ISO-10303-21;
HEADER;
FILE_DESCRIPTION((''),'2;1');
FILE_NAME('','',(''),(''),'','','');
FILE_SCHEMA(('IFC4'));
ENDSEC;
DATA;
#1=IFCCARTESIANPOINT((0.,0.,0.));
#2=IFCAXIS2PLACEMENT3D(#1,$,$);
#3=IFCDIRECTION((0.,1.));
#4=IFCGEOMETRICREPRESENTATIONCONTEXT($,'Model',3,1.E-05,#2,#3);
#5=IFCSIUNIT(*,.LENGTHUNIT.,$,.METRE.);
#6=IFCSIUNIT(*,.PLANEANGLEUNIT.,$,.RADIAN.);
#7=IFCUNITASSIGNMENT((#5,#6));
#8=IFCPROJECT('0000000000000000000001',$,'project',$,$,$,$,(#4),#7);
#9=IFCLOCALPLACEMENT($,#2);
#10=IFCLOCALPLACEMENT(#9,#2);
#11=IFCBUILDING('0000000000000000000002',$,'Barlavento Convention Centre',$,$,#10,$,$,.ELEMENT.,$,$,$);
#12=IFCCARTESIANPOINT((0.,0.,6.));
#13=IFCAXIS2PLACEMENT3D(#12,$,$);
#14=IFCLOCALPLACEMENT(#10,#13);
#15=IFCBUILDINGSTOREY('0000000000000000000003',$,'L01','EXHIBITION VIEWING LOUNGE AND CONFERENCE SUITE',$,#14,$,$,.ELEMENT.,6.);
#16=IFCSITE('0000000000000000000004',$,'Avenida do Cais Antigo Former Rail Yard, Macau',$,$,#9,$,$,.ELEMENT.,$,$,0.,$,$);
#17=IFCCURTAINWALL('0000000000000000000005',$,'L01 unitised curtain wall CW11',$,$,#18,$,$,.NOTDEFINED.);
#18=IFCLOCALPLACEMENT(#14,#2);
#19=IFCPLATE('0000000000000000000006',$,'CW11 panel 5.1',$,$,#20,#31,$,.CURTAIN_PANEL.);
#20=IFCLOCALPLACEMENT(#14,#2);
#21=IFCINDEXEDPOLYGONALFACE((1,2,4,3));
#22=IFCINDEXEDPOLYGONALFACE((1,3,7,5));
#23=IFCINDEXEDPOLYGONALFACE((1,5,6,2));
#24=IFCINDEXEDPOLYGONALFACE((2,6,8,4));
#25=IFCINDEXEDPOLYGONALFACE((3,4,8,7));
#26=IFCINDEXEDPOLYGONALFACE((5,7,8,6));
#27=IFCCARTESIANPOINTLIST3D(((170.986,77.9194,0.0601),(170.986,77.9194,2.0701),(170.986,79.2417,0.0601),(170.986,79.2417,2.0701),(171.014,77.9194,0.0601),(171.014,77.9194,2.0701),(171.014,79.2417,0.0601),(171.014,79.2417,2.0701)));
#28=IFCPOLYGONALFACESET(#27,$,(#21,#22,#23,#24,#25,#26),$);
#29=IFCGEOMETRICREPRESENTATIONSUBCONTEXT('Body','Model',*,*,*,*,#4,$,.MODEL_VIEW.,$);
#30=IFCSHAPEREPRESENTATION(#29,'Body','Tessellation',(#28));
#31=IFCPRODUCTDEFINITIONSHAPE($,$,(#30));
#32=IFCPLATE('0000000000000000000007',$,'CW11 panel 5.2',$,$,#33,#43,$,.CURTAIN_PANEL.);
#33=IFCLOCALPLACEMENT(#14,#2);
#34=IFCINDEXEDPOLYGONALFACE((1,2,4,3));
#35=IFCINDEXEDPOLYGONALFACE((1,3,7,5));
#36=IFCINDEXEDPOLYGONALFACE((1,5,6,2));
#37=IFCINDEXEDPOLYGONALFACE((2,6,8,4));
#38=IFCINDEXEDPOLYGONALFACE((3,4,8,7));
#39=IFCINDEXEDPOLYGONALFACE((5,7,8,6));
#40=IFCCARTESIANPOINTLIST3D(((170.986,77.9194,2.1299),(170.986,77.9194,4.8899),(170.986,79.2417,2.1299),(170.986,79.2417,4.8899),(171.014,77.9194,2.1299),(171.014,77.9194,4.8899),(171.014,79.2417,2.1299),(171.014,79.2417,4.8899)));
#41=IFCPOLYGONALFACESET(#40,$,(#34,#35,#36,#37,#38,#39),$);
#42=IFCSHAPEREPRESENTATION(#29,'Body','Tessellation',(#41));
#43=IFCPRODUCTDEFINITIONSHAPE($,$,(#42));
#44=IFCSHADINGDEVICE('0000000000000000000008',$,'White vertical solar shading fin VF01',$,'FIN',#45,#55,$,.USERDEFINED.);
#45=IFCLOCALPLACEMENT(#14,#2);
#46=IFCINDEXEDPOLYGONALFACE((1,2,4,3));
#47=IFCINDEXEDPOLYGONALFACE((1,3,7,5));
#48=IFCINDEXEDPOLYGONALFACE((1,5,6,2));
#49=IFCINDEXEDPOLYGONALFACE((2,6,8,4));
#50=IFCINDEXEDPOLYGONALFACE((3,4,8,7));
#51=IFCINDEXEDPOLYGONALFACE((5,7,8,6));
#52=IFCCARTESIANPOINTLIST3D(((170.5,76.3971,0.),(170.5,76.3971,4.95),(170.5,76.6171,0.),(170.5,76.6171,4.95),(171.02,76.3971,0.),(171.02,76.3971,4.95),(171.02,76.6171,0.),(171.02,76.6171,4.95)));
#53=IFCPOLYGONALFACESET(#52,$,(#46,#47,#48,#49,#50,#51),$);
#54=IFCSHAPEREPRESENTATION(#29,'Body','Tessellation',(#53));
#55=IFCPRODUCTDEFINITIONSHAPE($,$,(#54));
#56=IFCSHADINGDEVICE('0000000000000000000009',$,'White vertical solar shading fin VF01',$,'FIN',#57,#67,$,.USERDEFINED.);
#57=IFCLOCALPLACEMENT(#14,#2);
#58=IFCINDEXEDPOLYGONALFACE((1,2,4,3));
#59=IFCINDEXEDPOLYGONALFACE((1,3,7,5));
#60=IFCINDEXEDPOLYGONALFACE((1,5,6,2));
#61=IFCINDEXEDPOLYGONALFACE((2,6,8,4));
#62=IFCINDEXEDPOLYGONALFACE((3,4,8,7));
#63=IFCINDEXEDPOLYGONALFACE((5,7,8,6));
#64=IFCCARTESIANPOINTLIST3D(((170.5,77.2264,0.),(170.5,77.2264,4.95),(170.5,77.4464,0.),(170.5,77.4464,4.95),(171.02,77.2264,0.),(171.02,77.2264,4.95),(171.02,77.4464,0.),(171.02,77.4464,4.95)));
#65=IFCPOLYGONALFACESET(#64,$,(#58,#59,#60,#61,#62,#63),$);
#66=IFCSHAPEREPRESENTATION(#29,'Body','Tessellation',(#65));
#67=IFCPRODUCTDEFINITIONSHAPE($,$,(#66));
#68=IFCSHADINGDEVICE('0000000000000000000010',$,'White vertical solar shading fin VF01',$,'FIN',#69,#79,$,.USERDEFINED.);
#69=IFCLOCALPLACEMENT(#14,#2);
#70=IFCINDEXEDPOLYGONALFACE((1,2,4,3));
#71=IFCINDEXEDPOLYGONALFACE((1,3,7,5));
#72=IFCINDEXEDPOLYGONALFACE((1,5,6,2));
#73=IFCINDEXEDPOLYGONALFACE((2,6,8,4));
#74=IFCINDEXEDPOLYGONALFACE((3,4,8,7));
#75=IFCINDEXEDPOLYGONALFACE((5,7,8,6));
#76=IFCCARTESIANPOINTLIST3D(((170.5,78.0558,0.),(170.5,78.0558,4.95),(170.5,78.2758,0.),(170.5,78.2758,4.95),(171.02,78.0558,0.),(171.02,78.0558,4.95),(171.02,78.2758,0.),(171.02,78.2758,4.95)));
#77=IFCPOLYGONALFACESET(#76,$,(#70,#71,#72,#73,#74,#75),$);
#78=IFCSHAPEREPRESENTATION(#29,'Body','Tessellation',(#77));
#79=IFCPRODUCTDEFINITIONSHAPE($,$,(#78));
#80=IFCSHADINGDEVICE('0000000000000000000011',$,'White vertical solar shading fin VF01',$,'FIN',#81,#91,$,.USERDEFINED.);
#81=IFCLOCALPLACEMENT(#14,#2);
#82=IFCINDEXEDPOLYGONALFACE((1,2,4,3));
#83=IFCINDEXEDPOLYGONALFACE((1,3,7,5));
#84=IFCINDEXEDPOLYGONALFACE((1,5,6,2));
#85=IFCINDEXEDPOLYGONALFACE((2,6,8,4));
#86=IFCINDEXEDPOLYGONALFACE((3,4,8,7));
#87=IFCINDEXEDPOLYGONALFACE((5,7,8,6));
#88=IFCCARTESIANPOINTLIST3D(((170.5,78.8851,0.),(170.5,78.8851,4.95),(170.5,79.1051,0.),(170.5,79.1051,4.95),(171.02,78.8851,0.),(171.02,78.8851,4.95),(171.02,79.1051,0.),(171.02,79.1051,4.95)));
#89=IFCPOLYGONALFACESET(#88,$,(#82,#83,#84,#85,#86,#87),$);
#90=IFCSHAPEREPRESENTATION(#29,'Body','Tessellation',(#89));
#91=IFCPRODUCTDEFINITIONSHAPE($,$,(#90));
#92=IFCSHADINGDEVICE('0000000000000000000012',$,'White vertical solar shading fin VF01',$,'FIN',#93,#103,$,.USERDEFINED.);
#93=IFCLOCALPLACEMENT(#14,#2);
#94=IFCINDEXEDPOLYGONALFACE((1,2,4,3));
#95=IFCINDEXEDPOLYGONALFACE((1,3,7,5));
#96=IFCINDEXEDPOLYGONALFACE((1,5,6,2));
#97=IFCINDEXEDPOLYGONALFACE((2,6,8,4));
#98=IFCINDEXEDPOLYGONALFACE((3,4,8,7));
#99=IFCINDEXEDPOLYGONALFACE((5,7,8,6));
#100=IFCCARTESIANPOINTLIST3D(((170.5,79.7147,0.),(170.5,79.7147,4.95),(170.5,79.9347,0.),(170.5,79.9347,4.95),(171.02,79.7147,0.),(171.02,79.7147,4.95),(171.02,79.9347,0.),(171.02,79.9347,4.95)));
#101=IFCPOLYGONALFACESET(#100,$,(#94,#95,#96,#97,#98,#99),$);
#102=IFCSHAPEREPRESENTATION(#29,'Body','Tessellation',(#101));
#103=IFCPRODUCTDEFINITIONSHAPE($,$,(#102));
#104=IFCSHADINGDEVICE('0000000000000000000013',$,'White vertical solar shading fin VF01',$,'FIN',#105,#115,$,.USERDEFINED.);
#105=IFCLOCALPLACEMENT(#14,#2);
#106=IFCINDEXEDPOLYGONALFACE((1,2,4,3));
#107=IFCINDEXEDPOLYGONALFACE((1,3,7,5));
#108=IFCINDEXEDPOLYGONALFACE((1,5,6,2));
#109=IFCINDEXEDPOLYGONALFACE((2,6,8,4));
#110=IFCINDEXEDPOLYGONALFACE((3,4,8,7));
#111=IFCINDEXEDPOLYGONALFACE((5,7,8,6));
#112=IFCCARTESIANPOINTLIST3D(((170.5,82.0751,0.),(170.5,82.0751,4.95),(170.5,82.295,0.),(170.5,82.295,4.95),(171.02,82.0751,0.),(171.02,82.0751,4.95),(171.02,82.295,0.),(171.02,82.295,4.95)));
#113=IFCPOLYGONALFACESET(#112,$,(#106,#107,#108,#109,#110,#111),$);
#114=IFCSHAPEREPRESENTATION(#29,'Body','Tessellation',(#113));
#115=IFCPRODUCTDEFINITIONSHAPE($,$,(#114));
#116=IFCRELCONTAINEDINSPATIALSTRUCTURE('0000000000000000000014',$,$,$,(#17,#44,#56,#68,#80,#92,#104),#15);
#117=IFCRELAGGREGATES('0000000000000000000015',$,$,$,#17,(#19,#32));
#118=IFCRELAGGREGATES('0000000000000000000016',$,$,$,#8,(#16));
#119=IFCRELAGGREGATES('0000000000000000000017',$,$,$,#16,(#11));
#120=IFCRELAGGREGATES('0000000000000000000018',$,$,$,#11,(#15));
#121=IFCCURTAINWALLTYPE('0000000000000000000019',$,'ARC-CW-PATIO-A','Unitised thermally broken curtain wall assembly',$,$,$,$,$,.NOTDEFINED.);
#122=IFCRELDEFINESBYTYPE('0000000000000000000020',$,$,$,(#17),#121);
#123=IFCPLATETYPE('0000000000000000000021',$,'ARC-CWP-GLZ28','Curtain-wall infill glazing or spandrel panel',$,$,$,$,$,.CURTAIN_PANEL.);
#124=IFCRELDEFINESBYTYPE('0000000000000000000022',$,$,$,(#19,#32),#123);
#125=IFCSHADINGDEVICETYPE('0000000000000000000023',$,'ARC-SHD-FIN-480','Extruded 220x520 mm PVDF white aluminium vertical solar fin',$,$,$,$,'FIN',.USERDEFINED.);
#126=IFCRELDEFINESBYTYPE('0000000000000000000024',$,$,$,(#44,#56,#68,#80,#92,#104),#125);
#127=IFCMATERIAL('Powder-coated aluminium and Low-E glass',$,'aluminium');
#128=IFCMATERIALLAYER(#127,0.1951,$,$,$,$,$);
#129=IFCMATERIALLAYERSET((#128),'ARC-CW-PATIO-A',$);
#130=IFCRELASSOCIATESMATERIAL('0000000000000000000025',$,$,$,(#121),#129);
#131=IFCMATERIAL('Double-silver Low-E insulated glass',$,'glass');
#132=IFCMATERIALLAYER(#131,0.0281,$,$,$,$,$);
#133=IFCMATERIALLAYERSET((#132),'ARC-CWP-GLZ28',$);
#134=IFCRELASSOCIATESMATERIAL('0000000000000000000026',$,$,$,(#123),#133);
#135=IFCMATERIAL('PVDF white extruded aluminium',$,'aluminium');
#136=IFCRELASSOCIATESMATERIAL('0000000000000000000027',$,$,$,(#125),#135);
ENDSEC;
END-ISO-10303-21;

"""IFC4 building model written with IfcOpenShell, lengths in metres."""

from ifc_helpers import new_model, si_unit, direction, frame, origin, origin_2d, place, context, subcontext, project, spatial, rectangle, extrude, material, layer, layer_set, type_object, element, aggregate, save


model = new_model("IFC4")

# Units and contexts
model_context = context("Model", 3, precision=1e-05, world=origin(), true_north=direction((0.0, 1.0)))
body_context = subcontext(model_context, "Body", "Model", "MODEL_VIEW")
ifc_project = project(units=[si_unit("LENGTHUNIT", "METRE"), si_unit("PLANEANGLEUNIT", "RADIAN")], contexts=[model_context])

# Site, building, storey
site_placement = place(None, origin())
site = spatial("IfcSite", under=ifc_project, at=site_placement, Name="Avenida do Cais Antigo Former Rail Yard, Macau", CompositionType="ELEMENT", RefElevation=0.0)
building_placement = place(site_placement, origin())
building = spatial("IfcBuilding", under=site, at=building_placement, Name="Barlavento Convention Centre", CompositionType="ELEMENT")
storey_placement = place(building_placement, frame((0.0, 0.0, 6.0)))
storey = spatial("IfcBuildingStorey", under=building, at=storey_placement, Name="L01", Description="EXHIBITION VIEWING LOUNGE AND CONFERENCE SUITE", CompositionType="ELEMENT", Elevation=6.0)

# Curtain wall, plates
ifc_material_1 = material(Name="Powder-coated aluminium and Low-E glass", Category="aluminium")
ifc_layer_1 = layer(ifc_material_1, 0.1951)
ifc_layer_set_1 = layer_set([ifc_layer_1], Name="ARC-CW-PATIO-A")
curtain_wall_type = type_object("IfcCurtainWallType", Name="ARC-CW-PATIO-A", Description="Unitised thermally broken curtain wall assembly", PredefinedType="NOTDEFINED", material=ifc_layer_set_1)
curtain_wall_placement = place(storey_placement, origin())
curtain_wall = element("IfcCurtainWall", 1, at=curtain_wall_placement, inside=storey, type_object=curtain_wall_type, Name="L01 unitised curtain wall CW11", PredefinedType="NOTDEFINED")
ifc_material_2 = material(Name="Double-silver Low-E insulated glass", Category="glass")
ifc_layer_2 = layer(ifc_material_2, 0.0281)
ifc_layer_set_2 = layer_set([ifc_layer_2], Name="ARC-CWP-GLZ28")
plate_type = type_object("IfcPlateType", Name="ARC-CWP-GLZ28", Description="Curtain-wall infill glazing or spandrel panel", PredefinedType="CURTAIN_PANEL", material=ifc_layer_set_2)
plate_1_placement = place(storey_placement, frame((171.0, 78.5806, 0.0601), z_axis=(0.0, 0.0, 1.0), x_axis=(0.0, 1.0, 0.0)))
plate_1 = element("IfcPlate", 2, at=plate_1_placement, type_object=plate_type, Name="CW11 panel 5.1", PredefinedType="CURTAIN_PANEL", context=body_context, shape_type="SweptSolid", body=[
    extrude(rectangle(XDim=1.3223, YDim=0.0281, at=origin_2d()), origin(), (0.0, 0.0, 1.0), 2.01),
])
plate_2_placement = place(storey_placement, frame((171.0, 78.5806, 2.1299), z_axis=(0.0, 0.0, 1.0), x_axis=(0.0, 1.0, 0.0)))
plate_2 = element("IfcPlate", 3, at=plate_2_placement, type_object=plate_type, Name="CW11 panel 5.2", PredefinedType="CURTAIN_PANEL", context=body_context, shape_type="SweptSolid", body=[
    extrude(rectangle(XDim=1.3223, YDim=0.0281, at=origin_2d()), origin(), (0.0, 0.0, 1.0), 2.76),
])
aggregate(curtain_wall, [plate_1, plate_2])

# Shading devices
ifc_material_3 = material(Name="PVDF white extruded aluminium", Category="aluminium")
shading_device_type = type_object("IfcShadingDeviceType", Name="ARC-SHD-FIN-480", Description="Extruded 220x520 mm PVDF white aluminium vertical solar fin", ElementType="FIN", PredefinedType="USERDEFINED", material=ifc_material_3)
for number, where, z_axis, x_axis, name in (
    (4, (170.76, 76.5071, 0.0), (0.0, 0.0, 1.0), (0.0, 1.0, 0.0), "White vertical solar shading fin VF01"),
    (5, (170.76, 77.3364, 0.0), (0.0, 0.0, 1.0), (0.0, 1.0, 0.0), "White vertical solar shading fin VF01"),
    (6, (170.76, 78.1658, 0.0), (0.0, 0.0, 1.0), (0.0, 1.0, 0.0), "White vertical solar shading fin VF01"),
    (7, (170.76, 78.9951, 0.0), (0.0, 0.0, 1.0), (0.0, 1.0, 0.0), "White vertical solar shading fin VF01"),
    (8, (170.76, 79.8247, 0.0), (0.0, 0.0, 1.0), (0.0, 1.0, 0.0), "White vertical solar shading fin VF01"),
    (9, (170.76, 82.1851, 0.0), (0.0, 0.0, 1.0), (0.0, 1.0, 0.0), "White vertical solar shading fin VF01"),
):
    element("IfcShadingDevice", number, at=place(storey_placement, frame(where, z_axis=z_axis, x_axis=x_axis)), inside=storey, type_object=shading_device_type, Name=name, ObjectType="FIN", PredefinedType="USERDEFINED", context=body_context, shape_type="SweptSolid", body=[
        extrude(rectangle(XDim=0.22, YDim=0.52, at=origin_2d()), origin(), (0.0, 0.0, 1.0), 4.95),
    ])

save(model, "model.ifc")
